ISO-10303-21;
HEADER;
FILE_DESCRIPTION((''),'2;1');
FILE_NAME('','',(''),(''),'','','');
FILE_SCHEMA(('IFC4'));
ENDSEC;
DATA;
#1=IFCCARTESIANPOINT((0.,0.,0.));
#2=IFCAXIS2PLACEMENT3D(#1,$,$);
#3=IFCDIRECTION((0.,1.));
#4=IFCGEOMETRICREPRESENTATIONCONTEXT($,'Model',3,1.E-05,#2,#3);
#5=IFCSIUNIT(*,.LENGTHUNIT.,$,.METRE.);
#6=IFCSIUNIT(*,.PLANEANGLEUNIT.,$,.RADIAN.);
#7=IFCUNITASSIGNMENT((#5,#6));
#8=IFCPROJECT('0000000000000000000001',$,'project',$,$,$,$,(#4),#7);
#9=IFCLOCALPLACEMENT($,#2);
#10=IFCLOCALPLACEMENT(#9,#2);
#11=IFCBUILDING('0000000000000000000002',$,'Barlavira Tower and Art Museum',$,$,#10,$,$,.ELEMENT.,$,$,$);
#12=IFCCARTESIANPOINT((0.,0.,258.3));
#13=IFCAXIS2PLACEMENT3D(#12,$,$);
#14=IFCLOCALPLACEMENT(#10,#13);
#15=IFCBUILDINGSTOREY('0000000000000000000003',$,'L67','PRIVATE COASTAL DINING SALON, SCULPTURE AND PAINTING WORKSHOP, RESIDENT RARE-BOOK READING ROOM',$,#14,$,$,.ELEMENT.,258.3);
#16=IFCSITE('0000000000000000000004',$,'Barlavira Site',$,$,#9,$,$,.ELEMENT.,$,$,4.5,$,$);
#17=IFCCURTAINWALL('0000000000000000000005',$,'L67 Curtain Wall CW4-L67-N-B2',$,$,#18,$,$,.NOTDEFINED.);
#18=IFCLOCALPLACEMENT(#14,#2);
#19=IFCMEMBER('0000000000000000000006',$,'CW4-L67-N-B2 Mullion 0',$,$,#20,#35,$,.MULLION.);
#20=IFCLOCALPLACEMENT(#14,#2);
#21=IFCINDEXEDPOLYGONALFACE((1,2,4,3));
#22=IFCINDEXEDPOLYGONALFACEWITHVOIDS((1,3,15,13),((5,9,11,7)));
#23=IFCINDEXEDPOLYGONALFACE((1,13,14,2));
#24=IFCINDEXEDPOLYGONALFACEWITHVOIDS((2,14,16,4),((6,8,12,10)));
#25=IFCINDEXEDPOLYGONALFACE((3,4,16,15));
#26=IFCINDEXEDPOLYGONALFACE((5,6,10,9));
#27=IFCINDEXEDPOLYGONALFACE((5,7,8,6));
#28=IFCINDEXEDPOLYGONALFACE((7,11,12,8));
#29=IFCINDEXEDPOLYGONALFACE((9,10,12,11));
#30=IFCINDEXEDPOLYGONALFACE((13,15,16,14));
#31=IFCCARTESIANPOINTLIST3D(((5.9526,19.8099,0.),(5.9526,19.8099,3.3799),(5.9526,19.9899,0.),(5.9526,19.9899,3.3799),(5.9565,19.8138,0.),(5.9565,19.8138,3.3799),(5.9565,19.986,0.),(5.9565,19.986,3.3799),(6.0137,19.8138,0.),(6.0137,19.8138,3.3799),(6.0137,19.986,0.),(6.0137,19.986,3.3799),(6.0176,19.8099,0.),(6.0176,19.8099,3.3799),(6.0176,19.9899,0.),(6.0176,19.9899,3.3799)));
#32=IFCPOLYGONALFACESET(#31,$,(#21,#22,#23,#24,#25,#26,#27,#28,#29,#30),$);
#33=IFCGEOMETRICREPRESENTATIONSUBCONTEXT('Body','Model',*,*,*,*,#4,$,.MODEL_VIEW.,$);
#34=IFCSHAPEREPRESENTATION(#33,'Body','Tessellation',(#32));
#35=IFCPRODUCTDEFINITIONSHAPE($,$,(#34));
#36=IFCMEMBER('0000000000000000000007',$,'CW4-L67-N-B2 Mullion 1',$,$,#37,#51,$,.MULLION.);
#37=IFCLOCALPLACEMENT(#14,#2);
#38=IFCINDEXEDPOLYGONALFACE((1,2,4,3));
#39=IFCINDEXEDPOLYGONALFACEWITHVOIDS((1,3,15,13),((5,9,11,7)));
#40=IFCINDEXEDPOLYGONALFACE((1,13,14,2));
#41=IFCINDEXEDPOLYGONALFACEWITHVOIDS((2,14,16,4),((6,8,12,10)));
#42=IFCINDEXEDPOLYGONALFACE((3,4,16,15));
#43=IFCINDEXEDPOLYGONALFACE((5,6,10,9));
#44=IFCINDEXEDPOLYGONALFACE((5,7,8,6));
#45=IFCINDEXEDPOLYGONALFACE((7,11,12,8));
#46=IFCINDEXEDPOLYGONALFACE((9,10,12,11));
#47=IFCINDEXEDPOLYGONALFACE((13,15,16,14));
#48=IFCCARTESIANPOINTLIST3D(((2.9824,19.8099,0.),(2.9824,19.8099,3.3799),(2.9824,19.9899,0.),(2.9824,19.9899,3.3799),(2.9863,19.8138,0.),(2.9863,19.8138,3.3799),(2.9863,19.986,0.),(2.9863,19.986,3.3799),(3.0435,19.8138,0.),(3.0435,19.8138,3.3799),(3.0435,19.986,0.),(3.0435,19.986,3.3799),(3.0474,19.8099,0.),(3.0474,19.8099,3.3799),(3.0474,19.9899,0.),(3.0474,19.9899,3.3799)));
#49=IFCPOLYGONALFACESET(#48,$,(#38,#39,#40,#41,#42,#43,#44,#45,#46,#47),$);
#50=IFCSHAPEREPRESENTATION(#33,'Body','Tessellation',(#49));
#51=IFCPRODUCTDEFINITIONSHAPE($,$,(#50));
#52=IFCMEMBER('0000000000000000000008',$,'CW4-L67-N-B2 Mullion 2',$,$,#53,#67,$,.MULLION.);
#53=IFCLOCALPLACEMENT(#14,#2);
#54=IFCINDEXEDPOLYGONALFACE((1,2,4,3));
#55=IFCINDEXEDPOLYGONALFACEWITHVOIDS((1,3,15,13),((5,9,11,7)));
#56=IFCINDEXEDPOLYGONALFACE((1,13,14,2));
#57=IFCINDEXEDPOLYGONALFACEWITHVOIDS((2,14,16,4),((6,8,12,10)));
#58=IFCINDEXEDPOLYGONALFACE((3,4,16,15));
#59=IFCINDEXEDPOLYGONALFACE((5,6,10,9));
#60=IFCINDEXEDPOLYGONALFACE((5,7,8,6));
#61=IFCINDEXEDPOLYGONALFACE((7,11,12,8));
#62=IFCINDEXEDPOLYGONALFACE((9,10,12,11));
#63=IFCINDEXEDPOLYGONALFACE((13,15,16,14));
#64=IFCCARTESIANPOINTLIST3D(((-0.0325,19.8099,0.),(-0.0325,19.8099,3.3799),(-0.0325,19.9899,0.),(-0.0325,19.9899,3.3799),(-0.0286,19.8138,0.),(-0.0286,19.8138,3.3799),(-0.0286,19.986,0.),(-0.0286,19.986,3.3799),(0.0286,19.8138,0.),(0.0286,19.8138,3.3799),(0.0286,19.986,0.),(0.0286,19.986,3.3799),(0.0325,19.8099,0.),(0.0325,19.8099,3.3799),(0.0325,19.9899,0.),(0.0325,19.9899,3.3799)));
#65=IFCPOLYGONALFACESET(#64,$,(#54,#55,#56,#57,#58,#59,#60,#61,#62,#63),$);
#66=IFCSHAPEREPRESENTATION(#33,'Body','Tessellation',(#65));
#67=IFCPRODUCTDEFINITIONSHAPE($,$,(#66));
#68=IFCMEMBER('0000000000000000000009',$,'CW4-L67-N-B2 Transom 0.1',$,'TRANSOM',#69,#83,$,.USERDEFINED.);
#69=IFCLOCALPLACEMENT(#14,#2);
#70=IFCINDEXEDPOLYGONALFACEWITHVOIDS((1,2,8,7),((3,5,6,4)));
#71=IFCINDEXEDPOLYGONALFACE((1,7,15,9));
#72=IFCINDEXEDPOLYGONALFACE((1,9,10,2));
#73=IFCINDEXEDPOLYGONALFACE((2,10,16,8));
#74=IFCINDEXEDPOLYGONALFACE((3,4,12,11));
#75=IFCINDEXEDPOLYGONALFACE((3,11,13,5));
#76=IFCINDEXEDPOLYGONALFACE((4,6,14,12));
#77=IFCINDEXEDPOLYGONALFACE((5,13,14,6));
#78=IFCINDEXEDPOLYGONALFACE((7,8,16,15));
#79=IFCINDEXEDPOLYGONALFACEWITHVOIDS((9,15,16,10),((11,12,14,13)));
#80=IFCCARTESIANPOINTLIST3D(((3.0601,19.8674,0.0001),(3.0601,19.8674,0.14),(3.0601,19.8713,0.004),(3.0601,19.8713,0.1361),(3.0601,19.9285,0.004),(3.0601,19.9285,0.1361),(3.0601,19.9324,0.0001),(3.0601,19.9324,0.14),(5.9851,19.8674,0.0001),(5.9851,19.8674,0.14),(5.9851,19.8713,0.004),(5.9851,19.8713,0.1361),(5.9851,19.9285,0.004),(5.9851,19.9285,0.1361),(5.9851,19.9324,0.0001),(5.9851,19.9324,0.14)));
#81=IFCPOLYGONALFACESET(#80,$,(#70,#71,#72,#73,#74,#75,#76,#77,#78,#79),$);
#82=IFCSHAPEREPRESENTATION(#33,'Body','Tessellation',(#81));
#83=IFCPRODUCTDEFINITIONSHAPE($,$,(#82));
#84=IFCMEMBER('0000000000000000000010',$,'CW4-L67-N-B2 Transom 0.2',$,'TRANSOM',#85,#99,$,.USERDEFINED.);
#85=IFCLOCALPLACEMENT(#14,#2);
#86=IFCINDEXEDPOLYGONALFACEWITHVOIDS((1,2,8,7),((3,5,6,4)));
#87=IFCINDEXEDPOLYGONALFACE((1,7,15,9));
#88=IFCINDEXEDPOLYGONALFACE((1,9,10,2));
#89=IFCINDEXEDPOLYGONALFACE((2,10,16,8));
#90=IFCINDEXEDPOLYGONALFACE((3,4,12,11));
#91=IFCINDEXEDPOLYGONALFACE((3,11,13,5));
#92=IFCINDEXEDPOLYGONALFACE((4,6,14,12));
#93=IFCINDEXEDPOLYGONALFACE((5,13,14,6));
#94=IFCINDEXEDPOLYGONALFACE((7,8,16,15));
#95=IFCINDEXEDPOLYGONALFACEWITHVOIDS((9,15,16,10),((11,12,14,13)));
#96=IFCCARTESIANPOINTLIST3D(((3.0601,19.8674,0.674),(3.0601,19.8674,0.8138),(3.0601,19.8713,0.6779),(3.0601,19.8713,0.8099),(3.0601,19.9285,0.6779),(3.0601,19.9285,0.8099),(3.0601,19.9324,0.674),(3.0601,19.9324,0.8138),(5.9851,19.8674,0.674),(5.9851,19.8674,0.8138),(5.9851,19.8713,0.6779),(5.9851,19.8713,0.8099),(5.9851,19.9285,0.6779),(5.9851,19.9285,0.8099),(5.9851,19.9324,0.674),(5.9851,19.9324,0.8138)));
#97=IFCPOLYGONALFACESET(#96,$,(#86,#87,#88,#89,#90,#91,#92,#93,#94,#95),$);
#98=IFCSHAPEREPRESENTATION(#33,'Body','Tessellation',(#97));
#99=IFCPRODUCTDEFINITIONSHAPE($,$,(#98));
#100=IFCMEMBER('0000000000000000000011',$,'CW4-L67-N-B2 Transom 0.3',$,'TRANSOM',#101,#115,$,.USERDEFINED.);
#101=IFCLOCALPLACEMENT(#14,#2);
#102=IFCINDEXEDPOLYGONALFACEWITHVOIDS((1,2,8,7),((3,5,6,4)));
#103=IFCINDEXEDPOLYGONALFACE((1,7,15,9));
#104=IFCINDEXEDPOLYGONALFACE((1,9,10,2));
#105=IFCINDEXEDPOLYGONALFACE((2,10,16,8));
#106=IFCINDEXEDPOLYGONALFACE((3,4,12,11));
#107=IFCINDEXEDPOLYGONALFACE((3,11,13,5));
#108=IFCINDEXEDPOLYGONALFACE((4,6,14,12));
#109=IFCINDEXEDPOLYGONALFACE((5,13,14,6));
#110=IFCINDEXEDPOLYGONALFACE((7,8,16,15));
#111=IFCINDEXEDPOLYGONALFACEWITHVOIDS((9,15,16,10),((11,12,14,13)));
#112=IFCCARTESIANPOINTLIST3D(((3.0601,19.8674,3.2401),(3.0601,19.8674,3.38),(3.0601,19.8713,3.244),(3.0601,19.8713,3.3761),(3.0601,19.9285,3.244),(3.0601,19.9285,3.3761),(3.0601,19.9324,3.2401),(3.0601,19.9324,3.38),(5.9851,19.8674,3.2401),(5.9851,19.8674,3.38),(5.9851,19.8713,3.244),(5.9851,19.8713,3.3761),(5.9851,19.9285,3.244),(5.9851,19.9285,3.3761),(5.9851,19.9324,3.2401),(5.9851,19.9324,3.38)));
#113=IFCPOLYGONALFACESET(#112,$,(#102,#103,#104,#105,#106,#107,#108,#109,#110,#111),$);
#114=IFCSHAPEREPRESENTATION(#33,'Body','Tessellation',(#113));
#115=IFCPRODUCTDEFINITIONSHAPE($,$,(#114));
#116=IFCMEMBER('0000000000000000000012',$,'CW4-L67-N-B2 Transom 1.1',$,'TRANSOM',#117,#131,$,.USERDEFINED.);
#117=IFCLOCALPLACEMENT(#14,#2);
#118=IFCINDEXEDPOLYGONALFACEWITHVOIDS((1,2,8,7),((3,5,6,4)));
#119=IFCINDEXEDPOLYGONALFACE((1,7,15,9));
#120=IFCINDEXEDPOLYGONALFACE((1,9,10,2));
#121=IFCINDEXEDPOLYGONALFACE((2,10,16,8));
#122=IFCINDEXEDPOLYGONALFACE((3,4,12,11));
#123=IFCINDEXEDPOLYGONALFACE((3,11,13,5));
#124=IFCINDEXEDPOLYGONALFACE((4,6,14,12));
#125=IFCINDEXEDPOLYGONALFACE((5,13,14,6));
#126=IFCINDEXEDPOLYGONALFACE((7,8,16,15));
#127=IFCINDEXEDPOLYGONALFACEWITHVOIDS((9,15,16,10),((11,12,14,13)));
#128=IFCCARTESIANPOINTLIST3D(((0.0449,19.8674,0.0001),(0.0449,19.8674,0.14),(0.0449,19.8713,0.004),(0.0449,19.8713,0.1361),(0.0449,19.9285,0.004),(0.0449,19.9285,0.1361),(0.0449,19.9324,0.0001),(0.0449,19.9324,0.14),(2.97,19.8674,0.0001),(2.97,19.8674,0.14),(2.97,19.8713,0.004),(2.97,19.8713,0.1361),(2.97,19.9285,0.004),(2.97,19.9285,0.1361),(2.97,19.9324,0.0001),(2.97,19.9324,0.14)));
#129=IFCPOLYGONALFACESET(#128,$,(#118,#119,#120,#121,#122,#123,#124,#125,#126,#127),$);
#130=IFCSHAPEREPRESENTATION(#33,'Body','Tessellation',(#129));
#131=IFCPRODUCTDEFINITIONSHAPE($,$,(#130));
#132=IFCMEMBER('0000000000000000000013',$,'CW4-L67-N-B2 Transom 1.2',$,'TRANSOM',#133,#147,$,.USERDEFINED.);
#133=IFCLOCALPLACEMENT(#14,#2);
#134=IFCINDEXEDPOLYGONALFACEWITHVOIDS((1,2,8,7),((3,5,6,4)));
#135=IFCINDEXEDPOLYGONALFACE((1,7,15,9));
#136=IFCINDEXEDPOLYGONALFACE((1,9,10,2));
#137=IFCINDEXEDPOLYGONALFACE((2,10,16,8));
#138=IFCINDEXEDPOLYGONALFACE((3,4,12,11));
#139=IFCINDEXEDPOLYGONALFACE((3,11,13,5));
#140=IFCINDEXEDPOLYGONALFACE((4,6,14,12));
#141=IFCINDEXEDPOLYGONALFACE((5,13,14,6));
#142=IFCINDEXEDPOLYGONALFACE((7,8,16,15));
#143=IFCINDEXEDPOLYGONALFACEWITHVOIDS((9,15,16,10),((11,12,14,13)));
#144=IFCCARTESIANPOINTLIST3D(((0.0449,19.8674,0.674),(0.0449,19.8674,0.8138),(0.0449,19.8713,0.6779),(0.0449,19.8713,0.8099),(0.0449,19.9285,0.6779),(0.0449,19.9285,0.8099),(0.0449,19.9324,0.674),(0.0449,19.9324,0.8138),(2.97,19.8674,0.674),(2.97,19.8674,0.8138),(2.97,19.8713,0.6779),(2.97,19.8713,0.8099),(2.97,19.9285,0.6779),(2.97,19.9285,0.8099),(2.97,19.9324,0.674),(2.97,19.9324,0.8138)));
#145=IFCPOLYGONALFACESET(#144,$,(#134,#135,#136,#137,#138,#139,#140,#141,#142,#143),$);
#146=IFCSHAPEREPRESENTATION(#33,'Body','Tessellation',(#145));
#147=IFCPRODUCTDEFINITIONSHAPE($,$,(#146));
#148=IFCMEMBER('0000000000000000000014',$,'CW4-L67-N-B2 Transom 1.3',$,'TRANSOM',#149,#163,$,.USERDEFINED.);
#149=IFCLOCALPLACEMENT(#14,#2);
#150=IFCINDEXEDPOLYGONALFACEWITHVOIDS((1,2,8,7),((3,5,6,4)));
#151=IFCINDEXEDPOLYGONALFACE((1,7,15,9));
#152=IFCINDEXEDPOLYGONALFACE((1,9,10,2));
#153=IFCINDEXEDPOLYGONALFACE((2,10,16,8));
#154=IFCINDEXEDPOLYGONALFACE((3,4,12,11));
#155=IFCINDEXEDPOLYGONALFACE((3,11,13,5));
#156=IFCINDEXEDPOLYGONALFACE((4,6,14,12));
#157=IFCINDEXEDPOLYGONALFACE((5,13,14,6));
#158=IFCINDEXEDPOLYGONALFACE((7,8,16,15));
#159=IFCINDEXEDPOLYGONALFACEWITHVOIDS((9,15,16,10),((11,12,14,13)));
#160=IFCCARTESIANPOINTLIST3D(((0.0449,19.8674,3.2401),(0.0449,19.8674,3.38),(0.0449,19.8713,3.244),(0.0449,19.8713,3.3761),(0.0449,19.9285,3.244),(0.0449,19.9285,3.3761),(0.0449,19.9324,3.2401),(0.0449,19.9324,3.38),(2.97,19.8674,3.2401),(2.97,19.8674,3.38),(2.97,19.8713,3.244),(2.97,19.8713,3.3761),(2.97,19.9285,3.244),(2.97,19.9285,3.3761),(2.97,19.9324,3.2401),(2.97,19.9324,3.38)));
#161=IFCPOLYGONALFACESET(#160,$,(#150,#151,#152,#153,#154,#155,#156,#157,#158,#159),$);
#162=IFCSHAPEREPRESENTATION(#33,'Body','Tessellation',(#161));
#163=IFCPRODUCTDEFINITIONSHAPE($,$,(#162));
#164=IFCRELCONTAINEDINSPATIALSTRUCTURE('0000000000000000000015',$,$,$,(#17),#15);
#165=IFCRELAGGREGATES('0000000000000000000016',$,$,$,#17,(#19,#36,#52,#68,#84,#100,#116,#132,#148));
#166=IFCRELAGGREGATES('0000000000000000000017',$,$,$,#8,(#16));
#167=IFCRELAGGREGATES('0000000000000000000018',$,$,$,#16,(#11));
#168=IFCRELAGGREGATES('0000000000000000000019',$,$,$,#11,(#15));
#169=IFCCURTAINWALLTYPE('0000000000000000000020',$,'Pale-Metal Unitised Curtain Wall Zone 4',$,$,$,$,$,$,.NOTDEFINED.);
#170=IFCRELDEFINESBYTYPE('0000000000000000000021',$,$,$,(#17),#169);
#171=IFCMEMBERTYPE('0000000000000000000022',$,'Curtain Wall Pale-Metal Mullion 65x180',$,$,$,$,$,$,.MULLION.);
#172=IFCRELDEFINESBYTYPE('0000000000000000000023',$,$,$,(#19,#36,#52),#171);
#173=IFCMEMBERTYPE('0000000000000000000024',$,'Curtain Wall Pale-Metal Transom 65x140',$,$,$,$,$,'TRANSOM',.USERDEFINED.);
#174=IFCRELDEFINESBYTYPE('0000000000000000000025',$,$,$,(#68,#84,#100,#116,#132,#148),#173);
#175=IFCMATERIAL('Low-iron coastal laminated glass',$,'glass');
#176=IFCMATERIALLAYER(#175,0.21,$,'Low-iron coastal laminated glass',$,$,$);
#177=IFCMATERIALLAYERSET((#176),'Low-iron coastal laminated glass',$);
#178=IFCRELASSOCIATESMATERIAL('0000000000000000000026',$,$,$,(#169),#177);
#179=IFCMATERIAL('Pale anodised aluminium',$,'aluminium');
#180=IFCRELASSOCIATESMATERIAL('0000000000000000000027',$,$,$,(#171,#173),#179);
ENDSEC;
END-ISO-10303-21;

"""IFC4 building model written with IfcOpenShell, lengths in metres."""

from ifc_helpers import new_model, si_unit, direction, frame, origin, origin_2d, place, context, subcontext, project, spatial, hollow_rectangle, extrude, material, layer, layer_set, material_profile, profile_set, type_object, element, aggregate, save


model = new_model("IFC4")

# Units and contexts
model_context = context("Model", 3, precision=1e-05, world=origin(), true_north=direction((0.0, 1.0)))
body_context = subcontext(model_context, "Body", "Model", "MODEL_VIEW")
ifc_project = project(units=[si_unit("LENGTHUNIT", "METRE"), si_unit("PLANEANGLEUNIT", "RADIAN")], contexts=[model_context])

# Site, building, storey
site_placement = place(None, origin())
site = spatial("IfcSite", under=ifc_project, at=site_placement, Name="Barlavira Site", CompositionType="ELEMENT", RefElevation=4.5)
building_placement = place(site_placement, origin())
building = spatial("IfcBuilding", under=site, at=building_placement, Name="Barlavira Tower and Art Museum", CompositionType="ELEMENT")
storey_placement = place(building_placement, frame((0.0, 0.0, 258.3)))
storey = spatial("IfcBuildingStorey", under=building, at=storey_placement, Name="L67", Description="PRIVATE COASTAL DINING SALON, SCULPTURE AND PAINTING WORKSHOP, RESIDENT RARE-BOOK READING ROOM", CompositionType="ELEMENT", Elevation=258.3)

# Curtain wall, members
ifc_material_1 = material(Name="Low-iron coastal laminated glass", Category="glass")
ifc_layer_1 = layer(ifc_material_1, 0.21, Name="Low-iron coastal laminated glass")
ifc_layer_set_1 = layer_set([ifc_layer_1], Name="Low-iron coastal laminated glass")
curtain_wall_type = type_object("IfcCurtainWallType", Name="Pale-Metal Unitised Curtain Wall Zone 4", PredefinedType="NOTDEFINED", material=ifc_layer_set_1)
curtain_wall_placement = place(storey_placement, origin())
curtain_wall = element("IfcCurtainWall", 1, at=curtain_wall_placement, inside=storey, type_object=curtain_wall_type, Name="L67 Curtain Wall CW4-L67-N-B2", PredefinedType="NOTDEFINED")
ifc_material_2 = material(Name="Pale anodised aluminium", Category="aluminium")
ifc_material_profile_1 = material_profile(ifc_material_2, hollow_rectangle(XDim=0.0649, YDim=0.1799, WallThickness=0.0039, at=origin_2d()), Name="ALU-MULL 65x180x4")
ifc_profile_set_1 = profile_set([ifc_material_profile_1], Name="Pale anodised aluminium")
member_type_1 = type_object("IfcMemberType", Name="Curtain Wall Pale-Metal Mullion 65x180", PredefinedType="MULLION", material=ifc_profile_set_1)
member_1_placement = place(storey_placement, frame((5.9851, 19.8999, 0.0), z_axis=(0.0, 0.0, 1.0), x_axis=(-1.0, 0.0, 0.0)))
member_1 = element("IfcMember", 2, at=member_1_placement, type_object=member_type_1, Name="CW4-L67-N-B2 Mullion 0", PredefinedType="MULLION", context=body_context, shape_type="SweptSolid", body=[
    extrude(hollow_rectangle(XDim=0.0649, YDim=0.1799, WallThickness=0.0039, at=origin_2d()), origin(), (0.0, 0.0, 1.0), 3.3799),
])
member_2_placement = place(storey_placement, frame((3.0149, 19.8999, 0.0), z_axis=(0.0, 0.0, 1.0), x_axis=(-1.0, 0.0, 0.0)))
member_2 = element("IfcMember", 3, at=member_2_placement, type_object=member_type_1, Name="CW4-L67-N-B2 Mullion 1", PredefinedType="MULLION", context=body_context, shape_type="SweptSolid", body=[
    extrude(hollow_rectangle(XDim=0.0649, YDim=0.1799, WallThickness=0.0039, at=origin_2d()), origin(), (0.0, 0.0, 1.0), 3.3799),
])
member_3_placement = place(storey_placement, frame((0.0, 19.8999, 0.0), z_axis=(0.0, 0.0, 1.0), x_axis=(-1.0, 0.0, 0.0)))
member_3 = element("IfcMember", 4, at=member_3_placement, type_object=member_type_1, Name="CW4-L67-N-B2 Mullion 2", PredefinedType="MULLION", context=body_context, shape_type="SweptSolid", body=[
    extrude(hollow_rectangle(XDim=0.0649, YDim=0.1799, WallThickness=0.0039, at=origin_2d()), origin(), (0.0, 0.0, 1.0), 3.3799),
])
ifc_material_profile_2 = material_profile(ifc_material_2, hollow_rectangle(XDim=0.0649, YDim=0.1399, WallThickness=0.0039, at=origin_2d()), Name="ALU-TRAN 65x140x4")
ifc_profile_set_2 = profile_set([ifc_material_profile_2], Name="Pale anodised aluminium")
member_type_2 = type_object("IfcMemberType", Name="Curtain Wall Pale-Metal Transom 65x140", ElementType="TRANSOM", PredefinedType="USERDEFINED", material=ifc_profile_set_2)
member_4_placement = place(storey_placement, frame((5.9851, 19.8999, 0.0701), z_axis=(-1.0, 0.0, 0.0), x_axis=(0.0, -1.0, 0.0)))
member_4 = element("IfcMember", 5, at=member_4_placement, type_object=member_type_2, Name="CW4-L67-N-B2 Transom 0.1", ObjectType="TRANSOM", PredefinedType="USERDEFINED", context=body_context, shape_type="SweptSolid", body=[
    extrude(hollow_rectangle(XDim=0.0649, YDim=0.1399, WallThickness=0.0039, at=origin_2d()), origin(), (0.0, 0.0, 1.0), 2.925),
])
member_5_placement = place(storey_placement, frame((5.9851, 19.8999, 0.7439), z_axis=(-1.0, 0.0, 0.0), x_axis=(0.0, -1.0, 0.0)))
member_5 = element("IfcMember", 6, at=member_5_placement, type_object=member_type_2, Name="CW4-L67-N-B2 Transom 0.2", ObjectType="TRANSOM", PredefinedType="USERDEFINED", context=body_context, shape_type="SweptSolid", body=[
    extrude(hollow_rectangle(XDim=0.0649, YDim=0.1399, WallThickness=0.0039, at=origin_2d()), origin(), (0.0, 0.0, 1.0), 2.925),
])
member_6_placement = place(storey_placement, frame((5.9851, 19.8999, 3.3101), z_axis=(-1.0, 0.0, 0.0), x_axis=(0.0, -1.0, 0.0)))
member_6 = element("IfcMember", 7, at=member_6_placement, type_object=member_type_2, Name="CW4-L67-N-B2 Transom 0.3", ObjectType="TRANSOM", PredefinedType="USERDEFINED", context=body_context, shape_type="SweptSolid", body=[
    extrude(hollow_rectangle(XDim=0.0649, YDim=0.1399, WallThickness=0.0039, at=origin_2d()), origin(), (0.0, 0.0, 1.0), 2.925),
])
member_7_placement = place(storey_placement, frame((2.97, 19.8999, 0.0701), z_axis=(-1.0, 0.0, 0.0), x_axis=(0.0, -1.0, 0.0)))
member_7 = element("IfcMember", 8, at=member_7_placement, type_object=member_type_2, Name="CW4-L67-N-B2 Transom 1.1", ObjectType="TRANSOM", PredefinedType="USERDEFINED", context=body_context, shape_type="SweptSolid", body=[
    extrude(hollow_rectangle(XDim=0.0649, YDim=0.1399, WallThickness=0.0039, at=origin_2d()), origin(), (0.0, 0.0, 1.0), 2.925),
])
member_8_placement = place(storey_placement, frame((2.97, 19.8999, 0.7439), z_axis=(-1.0, 0.0, 0.0), x_axis=(0.0, -1.0, 0.0)))
member_8 = element("IfcMember", 9, at=member_8_placement, type_object=member_type_2, Name="CW4-L67-N-B2 Transom 1.2", ObjectType="TRANSOM", PredefinedType="USERDEFINED", context=body_context, shape_type="SweptSolid", body=[
    extrude(hollow_rectangle(XDim=0.0649, YDim=0.1399, WallThickness=0.0039, at=origin_2d()), origin(), (0.0, 0.0, 1.0), 2.925),
])
member_9_placement = place(storey_placement, frame((2.97, 19.8999, 3.3101), z_axis=(-1.0, 0.0, 0.0), x_axis=(0.0, -1.0, 0.0)))
member_9 = element("IfcMember", 10, at=member_9_placement, type_object=member_type_2, Name="CW4-L67-N-B2 Transom 1.3", ObjectType="TRANSOM", PredefinedType="USERDEFINED", context=body_context, shape_type="SweptSolid", body=[
    extrude(hollow_rectangle(XDim=0.0649, YDim=0.1399, WallThickness=0.0039, at=origin_2d()), origin(), (0.0, 0.0, 1.0), 2.925),
])

aggregate(curtain_wall, [member_1, member_2, member_3, member_4, member_5, member_6, member_7, member_8, member_9])

save(model, "model.ifc")
